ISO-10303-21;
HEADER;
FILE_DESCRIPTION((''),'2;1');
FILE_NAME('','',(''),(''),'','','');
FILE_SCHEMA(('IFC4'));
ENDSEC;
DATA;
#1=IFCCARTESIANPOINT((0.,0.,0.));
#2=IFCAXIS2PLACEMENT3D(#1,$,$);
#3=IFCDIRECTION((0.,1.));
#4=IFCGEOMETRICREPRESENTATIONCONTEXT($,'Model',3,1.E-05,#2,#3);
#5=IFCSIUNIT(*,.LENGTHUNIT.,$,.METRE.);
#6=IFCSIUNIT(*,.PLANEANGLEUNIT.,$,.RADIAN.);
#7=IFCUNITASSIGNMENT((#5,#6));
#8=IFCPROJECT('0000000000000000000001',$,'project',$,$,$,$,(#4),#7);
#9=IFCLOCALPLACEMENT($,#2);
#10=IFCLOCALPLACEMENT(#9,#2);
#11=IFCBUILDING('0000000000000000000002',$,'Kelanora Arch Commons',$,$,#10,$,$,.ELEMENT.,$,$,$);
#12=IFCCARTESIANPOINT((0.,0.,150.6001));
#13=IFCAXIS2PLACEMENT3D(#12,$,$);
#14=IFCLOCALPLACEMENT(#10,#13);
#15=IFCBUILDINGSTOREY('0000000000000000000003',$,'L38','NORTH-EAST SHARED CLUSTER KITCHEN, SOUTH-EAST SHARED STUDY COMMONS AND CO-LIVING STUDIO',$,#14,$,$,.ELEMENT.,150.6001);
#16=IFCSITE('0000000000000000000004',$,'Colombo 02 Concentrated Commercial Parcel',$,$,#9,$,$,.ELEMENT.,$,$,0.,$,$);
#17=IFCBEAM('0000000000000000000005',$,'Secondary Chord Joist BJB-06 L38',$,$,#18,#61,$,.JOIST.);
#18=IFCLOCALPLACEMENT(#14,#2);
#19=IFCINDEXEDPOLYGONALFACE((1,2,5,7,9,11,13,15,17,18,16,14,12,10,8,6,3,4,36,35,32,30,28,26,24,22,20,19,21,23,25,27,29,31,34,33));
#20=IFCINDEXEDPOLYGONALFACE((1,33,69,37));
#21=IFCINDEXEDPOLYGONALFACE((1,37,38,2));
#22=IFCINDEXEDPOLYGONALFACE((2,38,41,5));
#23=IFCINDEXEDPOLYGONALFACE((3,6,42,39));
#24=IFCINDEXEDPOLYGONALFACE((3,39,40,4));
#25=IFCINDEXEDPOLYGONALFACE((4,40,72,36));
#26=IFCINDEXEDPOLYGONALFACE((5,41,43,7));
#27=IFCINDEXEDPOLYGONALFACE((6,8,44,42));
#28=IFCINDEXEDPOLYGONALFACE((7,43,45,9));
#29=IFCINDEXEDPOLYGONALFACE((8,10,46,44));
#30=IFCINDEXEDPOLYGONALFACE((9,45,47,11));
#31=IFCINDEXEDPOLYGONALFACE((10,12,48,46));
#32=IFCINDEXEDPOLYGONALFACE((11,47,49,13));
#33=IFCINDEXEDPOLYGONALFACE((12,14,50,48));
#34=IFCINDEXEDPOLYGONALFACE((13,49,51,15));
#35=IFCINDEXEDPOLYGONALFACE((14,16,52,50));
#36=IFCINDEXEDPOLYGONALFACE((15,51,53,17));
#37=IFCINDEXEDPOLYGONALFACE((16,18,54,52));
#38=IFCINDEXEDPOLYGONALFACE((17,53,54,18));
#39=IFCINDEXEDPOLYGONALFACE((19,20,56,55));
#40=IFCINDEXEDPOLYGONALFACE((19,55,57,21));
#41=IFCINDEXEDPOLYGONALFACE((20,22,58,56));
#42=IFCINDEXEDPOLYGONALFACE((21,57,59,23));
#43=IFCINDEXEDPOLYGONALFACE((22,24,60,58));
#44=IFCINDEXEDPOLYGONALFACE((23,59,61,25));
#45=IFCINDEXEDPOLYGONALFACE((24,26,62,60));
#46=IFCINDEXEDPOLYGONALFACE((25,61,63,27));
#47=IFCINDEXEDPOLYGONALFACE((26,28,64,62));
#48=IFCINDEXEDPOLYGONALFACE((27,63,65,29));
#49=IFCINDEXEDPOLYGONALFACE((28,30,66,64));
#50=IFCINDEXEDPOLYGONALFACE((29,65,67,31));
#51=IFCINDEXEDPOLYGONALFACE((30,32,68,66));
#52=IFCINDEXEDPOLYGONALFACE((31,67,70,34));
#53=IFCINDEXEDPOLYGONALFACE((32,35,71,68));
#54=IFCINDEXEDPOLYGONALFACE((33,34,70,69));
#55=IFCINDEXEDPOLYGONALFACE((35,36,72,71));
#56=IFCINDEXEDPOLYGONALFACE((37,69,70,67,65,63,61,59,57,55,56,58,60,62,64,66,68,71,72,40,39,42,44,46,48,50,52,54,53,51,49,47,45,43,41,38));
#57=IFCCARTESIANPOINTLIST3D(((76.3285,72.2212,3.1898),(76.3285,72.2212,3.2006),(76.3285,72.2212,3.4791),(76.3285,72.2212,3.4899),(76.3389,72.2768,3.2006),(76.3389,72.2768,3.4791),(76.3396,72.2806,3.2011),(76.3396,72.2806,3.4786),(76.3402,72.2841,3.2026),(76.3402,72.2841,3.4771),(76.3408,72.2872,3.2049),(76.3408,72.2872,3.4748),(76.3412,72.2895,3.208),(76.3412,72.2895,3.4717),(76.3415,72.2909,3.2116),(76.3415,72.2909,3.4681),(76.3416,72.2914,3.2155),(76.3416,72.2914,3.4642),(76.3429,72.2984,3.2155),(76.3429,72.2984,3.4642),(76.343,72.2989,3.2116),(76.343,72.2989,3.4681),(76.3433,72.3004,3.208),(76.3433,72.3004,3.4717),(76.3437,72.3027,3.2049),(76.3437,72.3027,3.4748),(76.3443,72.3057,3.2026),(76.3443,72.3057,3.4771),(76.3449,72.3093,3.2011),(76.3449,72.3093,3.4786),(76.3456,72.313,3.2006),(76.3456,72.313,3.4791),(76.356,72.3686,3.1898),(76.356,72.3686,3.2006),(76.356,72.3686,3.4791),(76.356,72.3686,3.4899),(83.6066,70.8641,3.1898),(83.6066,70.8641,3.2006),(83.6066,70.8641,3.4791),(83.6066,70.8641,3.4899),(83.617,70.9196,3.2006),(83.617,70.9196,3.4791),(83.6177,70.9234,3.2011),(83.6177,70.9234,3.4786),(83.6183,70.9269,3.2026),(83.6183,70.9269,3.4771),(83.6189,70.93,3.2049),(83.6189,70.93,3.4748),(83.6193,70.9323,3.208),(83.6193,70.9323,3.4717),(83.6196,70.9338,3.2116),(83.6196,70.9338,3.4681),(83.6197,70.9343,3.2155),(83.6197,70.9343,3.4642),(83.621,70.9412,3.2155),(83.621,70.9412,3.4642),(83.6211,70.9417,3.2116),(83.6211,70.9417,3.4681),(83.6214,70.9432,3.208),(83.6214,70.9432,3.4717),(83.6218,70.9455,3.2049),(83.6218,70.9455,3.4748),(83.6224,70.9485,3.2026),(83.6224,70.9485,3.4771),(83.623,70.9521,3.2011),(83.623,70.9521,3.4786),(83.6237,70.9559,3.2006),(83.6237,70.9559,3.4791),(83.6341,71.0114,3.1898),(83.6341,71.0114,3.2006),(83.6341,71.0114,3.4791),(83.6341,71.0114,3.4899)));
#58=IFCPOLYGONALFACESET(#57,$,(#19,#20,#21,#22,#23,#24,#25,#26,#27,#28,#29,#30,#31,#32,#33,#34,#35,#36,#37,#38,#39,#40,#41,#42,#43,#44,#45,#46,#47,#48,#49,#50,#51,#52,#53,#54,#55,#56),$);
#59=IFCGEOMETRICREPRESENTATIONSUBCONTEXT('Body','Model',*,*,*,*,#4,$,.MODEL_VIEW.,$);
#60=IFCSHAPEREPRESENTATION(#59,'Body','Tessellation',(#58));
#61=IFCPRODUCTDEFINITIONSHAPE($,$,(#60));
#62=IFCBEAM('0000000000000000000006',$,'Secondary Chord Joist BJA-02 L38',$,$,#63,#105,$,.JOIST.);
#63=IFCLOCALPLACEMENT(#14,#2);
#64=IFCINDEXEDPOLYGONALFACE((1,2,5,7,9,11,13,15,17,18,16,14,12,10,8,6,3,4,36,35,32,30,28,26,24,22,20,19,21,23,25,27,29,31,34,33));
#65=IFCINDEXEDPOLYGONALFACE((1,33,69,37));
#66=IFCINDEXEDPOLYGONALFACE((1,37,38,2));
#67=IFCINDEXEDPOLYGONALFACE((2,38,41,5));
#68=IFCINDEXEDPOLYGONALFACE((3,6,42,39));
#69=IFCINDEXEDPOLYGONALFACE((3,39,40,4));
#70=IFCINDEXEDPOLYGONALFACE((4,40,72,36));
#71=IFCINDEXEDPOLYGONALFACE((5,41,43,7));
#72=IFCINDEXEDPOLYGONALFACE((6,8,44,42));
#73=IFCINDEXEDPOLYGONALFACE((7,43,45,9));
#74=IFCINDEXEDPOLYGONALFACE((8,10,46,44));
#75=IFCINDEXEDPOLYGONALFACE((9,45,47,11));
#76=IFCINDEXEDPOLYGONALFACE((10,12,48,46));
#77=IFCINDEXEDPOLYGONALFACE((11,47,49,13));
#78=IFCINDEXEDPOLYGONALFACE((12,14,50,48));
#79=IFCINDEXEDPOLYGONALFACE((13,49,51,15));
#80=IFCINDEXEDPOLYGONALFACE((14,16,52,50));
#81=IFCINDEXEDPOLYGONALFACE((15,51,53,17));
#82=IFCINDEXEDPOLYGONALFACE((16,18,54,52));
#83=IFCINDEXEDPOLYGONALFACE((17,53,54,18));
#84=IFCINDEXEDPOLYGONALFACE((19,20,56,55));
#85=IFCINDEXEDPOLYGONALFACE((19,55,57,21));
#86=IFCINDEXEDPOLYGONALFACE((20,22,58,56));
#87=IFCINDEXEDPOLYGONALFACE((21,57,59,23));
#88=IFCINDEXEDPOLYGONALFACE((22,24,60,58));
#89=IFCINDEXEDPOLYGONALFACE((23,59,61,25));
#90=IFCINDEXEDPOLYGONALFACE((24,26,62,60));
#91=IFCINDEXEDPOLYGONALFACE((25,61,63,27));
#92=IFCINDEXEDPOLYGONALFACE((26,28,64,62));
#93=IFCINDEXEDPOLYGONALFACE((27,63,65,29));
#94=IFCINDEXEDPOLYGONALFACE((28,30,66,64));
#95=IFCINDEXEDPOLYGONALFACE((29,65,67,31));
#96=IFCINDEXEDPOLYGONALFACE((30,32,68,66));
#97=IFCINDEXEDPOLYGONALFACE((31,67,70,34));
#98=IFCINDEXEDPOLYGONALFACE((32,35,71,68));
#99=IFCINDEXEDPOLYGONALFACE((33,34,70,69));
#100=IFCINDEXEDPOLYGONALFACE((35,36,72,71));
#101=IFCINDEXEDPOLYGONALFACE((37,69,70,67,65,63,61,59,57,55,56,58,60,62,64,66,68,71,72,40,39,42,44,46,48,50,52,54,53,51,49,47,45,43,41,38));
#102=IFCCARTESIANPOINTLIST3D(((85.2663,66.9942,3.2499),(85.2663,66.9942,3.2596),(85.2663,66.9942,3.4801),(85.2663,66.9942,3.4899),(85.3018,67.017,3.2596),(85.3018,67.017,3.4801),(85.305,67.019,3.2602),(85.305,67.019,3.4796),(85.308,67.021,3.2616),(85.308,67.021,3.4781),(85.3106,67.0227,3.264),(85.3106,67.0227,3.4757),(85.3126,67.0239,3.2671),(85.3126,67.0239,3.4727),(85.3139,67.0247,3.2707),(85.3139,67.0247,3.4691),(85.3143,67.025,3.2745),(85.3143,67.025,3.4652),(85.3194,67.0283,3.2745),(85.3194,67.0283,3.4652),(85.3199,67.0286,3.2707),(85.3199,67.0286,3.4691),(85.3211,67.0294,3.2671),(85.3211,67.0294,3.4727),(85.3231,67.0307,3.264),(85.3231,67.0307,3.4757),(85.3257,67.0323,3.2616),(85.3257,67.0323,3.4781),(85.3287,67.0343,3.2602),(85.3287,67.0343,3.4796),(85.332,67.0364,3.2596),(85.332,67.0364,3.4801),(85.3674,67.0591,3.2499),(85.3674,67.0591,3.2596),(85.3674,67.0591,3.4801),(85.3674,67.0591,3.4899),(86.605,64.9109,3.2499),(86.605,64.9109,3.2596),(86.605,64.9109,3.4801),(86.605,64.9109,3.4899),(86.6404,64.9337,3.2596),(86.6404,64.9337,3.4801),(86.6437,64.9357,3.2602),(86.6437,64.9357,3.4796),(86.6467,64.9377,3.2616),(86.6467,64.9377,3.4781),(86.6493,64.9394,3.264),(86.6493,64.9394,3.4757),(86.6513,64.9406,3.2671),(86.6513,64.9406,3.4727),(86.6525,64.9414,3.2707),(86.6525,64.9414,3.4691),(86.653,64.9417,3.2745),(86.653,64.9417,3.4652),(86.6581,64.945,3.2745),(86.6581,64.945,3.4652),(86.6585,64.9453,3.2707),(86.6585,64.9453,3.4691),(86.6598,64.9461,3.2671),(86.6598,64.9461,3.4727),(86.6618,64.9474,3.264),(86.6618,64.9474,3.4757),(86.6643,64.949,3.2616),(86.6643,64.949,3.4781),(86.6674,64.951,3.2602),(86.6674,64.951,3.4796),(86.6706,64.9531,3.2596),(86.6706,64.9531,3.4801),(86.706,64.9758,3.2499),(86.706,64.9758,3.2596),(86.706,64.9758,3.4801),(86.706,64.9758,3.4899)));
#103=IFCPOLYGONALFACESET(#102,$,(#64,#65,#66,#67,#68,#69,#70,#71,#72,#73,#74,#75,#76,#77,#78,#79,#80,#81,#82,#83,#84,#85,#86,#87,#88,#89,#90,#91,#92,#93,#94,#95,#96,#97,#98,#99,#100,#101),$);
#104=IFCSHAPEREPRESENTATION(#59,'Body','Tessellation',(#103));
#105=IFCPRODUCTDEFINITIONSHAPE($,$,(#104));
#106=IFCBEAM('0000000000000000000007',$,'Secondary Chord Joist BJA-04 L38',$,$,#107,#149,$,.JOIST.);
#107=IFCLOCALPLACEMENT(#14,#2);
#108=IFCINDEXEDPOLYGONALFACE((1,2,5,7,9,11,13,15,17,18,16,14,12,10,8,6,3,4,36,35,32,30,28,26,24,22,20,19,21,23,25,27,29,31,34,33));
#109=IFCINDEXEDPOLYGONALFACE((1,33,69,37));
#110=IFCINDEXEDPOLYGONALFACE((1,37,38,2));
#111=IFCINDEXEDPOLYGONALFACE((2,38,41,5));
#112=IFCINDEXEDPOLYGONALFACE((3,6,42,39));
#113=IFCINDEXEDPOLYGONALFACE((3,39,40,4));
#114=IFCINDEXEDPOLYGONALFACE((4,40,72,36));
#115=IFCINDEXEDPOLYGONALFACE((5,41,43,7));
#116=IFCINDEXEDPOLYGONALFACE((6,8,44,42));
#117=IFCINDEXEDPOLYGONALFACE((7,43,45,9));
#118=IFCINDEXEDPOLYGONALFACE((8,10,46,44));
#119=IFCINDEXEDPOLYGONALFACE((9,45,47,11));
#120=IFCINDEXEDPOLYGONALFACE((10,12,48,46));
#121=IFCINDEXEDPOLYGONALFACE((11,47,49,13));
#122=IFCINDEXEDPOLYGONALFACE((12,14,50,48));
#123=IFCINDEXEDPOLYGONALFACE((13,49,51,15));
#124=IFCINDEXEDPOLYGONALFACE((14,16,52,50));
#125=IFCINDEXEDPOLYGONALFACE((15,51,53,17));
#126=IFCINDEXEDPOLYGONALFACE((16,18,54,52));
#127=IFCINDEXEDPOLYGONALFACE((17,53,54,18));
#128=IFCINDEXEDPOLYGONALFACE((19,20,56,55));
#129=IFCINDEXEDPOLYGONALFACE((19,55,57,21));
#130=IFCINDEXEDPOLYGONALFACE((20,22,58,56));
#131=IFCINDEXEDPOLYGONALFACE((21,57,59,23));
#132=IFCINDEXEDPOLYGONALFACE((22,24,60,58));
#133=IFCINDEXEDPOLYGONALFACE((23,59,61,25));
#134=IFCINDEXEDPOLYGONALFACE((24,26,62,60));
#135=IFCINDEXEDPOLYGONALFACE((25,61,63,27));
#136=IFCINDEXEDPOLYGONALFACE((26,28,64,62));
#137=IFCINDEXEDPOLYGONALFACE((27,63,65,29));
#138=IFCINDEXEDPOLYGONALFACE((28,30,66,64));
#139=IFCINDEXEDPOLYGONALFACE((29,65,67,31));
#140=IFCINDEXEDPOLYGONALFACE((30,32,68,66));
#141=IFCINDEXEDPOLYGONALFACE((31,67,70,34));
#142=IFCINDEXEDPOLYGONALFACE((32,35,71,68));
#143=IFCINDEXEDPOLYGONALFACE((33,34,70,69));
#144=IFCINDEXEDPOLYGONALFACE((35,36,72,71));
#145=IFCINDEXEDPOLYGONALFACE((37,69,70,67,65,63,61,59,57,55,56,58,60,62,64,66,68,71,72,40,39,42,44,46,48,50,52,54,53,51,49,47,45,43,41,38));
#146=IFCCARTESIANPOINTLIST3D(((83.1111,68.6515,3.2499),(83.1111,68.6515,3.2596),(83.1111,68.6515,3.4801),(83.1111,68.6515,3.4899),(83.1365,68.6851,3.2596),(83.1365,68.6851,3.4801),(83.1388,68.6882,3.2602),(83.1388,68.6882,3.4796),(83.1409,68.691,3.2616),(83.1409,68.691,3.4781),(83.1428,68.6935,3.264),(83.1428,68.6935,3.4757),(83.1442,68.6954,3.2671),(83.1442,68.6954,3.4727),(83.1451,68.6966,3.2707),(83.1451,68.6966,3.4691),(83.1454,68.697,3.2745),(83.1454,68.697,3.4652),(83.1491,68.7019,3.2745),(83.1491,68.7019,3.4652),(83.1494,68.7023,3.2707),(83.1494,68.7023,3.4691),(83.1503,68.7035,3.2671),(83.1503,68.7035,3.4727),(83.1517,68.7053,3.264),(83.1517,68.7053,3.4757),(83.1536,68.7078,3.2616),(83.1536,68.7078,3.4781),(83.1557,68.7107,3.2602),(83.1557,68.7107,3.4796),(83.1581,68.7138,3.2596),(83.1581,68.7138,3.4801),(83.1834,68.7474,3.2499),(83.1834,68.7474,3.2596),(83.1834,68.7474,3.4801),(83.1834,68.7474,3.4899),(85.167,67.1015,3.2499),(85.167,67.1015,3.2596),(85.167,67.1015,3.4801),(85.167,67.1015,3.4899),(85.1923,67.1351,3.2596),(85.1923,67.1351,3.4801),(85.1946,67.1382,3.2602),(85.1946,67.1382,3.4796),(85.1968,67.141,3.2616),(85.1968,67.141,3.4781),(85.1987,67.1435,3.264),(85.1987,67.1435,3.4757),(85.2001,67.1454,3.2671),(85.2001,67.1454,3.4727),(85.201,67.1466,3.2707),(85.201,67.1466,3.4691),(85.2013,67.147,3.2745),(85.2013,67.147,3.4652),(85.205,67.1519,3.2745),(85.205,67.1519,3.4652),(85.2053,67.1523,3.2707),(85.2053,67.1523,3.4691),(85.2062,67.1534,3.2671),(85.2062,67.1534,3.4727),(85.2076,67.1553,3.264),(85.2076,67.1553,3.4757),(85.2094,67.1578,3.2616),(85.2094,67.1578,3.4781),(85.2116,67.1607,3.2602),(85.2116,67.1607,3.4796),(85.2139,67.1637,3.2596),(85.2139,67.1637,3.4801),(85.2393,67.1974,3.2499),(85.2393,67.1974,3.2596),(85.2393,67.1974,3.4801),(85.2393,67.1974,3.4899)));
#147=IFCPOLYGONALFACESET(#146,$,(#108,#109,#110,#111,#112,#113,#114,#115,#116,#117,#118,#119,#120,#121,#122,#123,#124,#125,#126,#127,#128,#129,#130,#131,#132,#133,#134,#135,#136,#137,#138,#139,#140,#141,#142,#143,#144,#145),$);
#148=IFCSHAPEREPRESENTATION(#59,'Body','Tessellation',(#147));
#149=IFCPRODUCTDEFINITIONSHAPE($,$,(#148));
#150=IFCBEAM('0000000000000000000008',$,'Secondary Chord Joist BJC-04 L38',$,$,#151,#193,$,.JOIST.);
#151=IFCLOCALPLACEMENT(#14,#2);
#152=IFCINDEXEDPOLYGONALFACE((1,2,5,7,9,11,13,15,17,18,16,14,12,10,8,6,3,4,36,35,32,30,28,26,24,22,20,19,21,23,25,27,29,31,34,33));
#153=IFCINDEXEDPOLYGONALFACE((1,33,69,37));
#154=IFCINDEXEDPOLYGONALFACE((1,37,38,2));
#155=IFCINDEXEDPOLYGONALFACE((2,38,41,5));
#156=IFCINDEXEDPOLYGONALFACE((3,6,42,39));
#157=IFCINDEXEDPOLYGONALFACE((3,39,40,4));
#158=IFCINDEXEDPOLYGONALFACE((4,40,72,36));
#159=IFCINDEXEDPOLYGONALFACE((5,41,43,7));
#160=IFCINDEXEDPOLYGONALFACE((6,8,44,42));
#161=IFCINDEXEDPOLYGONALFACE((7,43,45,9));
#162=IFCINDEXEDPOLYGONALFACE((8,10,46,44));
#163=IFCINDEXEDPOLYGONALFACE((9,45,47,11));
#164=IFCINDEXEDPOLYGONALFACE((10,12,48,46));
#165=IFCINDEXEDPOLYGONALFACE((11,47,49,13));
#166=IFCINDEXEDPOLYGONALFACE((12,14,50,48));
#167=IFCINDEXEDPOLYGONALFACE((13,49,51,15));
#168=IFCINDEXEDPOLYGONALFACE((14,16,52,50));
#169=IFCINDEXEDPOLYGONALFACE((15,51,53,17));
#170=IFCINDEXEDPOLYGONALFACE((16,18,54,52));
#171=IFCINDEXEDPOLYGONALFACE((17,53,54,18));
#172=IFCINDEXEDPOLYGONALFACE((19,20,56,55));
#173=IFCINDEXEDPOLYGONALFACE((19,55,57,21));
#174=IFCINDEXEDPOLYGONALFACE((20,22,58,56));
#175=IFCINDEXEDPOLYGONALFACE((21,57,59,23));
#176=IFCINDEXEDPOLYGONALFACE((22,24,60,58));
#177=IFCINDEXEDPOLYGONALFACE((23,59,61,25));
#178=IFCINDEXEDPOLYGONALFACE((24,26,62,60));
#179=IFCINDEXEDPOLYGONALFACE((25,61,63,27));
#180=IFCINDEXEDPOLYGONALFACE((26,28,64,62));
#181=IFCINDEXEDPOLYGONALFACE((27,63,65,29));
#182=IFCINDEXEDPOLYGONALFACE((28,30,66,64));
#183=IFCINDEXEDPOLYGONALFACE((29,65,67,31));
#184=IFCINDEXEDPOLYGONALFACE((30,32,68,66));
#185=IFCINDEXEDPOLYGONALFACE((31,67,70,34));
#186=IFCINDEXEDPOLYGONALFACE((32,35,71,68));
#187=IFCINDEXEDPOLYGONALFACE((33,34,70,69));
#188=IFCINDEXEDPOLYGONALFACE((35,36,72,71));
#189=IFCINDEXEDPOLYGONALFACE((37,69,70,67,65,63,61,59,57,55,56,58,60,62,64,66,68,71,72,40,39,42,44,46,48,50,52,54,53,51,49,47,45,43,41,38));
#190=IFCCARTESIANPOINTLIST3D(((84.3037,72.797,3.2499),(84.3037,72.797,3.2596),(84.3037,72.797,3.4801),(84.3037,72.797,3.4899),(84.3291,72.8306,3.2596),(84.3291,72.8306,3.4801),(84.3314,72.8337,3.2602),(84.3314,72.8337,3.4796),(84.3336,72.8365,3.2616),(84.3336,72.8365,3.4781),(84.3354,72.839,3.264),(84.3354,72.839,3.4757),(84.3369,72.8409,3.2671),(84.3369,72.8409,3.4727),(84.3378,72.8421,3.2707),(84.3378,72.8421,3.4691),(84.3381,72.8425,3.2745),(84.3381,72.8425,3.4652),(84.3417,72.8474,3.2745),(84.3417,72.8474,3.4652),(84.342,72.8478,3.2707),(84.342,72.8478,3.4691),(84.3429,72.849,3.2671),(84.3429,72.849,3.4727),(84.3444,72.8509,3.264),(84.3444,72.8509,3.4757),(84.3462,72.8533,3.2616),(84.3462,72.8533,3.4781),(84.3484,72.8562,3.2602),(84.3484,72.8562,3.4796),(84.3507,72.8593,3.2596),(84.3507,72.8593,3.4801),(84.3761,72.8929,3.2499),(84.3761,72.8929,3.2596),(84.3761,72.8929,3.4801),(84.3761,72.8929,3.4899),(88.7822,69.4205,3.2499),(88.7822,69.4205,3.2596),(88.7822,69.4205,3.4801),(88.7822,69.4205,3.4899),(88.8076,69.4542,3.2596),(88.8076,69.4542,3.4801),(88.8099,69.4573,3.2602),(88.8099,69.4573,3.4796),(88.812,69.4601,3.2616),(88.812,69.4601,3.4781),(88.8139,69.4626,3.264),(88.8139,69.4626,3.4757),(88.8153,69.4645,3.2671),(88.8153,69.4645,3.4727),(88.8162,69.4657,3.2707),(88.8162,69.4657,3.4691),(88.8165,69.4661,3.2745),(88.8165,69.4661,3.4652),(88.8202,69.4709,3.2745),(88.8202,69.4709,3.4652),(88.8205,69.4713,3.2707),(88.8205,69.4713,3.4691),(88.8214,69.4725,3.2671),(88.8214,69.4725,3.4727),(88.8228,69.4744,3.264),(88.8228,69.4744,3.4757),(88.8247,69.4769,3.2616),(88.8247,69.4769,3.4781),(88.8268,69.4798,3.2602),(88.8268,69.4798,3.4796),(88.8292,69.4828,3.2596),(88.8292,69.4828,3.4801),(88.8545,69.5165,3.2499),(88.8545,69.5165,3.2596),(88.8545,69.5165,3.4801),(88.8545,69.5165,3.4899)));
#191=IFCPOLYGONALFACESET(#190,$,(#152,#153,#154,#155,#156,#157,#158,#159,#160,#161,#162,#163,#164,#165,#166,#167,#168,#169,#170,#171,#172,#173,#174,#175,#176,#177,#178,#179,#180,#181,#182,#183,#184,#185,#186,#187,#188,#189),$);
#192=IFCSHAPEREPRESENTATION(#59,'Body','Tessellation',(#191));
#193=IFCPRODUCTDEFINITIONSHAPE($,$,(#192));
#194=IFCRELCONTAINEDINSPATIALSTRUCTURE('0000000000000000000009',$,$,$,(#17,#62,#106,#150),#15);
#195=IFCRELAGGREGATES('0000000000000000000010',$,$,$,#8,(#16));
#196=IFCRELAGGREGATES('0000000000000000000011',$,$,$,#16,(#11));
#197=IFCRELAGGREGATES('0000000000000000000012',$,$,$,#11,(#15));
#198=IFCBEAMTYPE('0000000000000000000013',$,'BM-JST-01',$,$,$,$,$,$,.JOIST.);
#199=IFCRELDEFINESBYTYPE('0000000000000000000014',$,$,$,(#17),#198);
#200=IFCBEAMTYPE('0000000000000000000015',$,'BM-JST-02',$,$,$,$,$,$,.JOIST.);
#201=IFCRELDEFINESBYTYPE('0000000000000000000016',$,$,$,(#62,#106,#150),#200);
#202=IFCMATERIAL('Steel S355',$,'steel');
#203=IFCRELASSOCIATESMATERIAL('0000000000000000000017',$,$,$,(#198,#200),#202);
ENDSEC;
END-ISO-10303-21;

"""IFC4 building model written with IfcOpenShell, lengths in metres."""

from ifc_helpers import new_model, si_unit, direction, frame, origin, origin_2d, place, context, subcontext, project, spatial, i_section, extrude, material, material_profile, profile_set, type_object, element, save


model = new_model("IFC4")

# Units and contexts
model_context = context("Model", 3, precision=1e-05, world=origin(), true_north=direction((0.0, 1.0)))
body_context = subcontext(model_context, "Body", "Model", "MODEL_VIEW")
ifc_project = project(units=[si_unit("LENGTHUNIT", "METRE"), si_unit("PLANEANGLEUNIT", "RADIAN")], contexts=[model_context])

# Site, building, storey
site_placement = place(None, origin())
site = spatial("IfcSite", under=ifc_project, at=site_placement, Name="Colombo 02 Concentrated Commercial Parcel", CompositionType="ELEMENT", RefElevation=0.0)
building_placement = place(site_placement, origin())
building = spatial("IfcBuilding", under=site, at=building_placement, Name="Kelanora Arch Commons", CompositionType="ELEMENT")
storey_placement = place(building_placement, frame((0.0, 0.0, 150.6001)))
storey = spatial("IfcBuildingStorey", under=building, at=storey_placement, Name="L38", Description="NORTH-EAST SHARED CLUSTER KITCHEN, SOUTH-EAST SHARED STUDY COMMONS AND CO-LIVING STUDIO", CompositionType="ELEMENT", Elevation=150.6001)

# Beams
ifc_material_1 = material(Name="Steel S355", Category="steel")
ifc_material_profile_1 = material_profile(ifc_material_1, i_section(OverallWidth=0.1499, OverallDepth=0.3, WebThickness=0.0071, FlangeThickness=0.0107, FilletRadius=0.0149, at=origin_2d()), Name="IPE300")
ifc_profile_set_1 = profile_set([ifc_material_profile_1], Name="Steel S355")
beam_type_1 = type_object("IfcBeamType", Name="BM-JST-01", PredefinedType="JOIST", material=ifc_profile_set_1)
beam_1_placement = place(storey_placement, frame((83.6204, 70.9377, 3.3398), z_axis=(-0.983054, 0.183315, 0.0), x_axis=(-0.183315, -0.983054, 0.0)))
element("IfcBeam", 1, at=beam_1_placement, inside=storey, type_object=beam_type_1, Name="Secondary Chord Joist BJB-06 L38", PredefinedType="JOIST", context=body_context, shape_type="SweptSolid", body=[
    extrude(i_section(OverallWidth=0.1499, OverallDepth=0.3, WebThickness=0.0071, FlangeThickness=0.0107, FilletRadius=0.0149, at=origin_2d()), origin(), (0.0, 0.0, 1.0), 7.4036),
])
ifc_material_profile_2 = material_profile(ifc_material_1, i_section(OverallWidth=0.1201, OverallDepth=0.24, WebThickness=0.0061, FlangeThickness=0.0098, FilletRadius=0.0149, at=origin_2d()), Name="IPE240")
ifc_profile_set_2 = profile_set([ifc_material_profile_2], Name="Steel S355")
beam_type_2 = type_object("IfcBeamType", Name="BM-JST-02", PredefinedType="JOIST", material=ifc_profile_set_2)
beam_2_placement = place(storey_placement, frame((86.6555, 64.9434, 3.3699), z_axis=(-0.540583, 0.841291, 0.0), x_axis=(-0.841291, -0.540583, 0.0)))
element("IfcBeam", 2, at=beam_2_placement, inside=storey, type_object=beam_type_2, Name="Secondary Chord Joist BJA-02 L38", PredefinedType="JOIST", context=body_context, shape_type="SweptSolid", body=[
    extrude(i_section(OverallWidth=0.1201, OverallDepth=0.24, WebThickness=0.0061, FlangeThickness=0.0098, FilletRadius=0.0149, at=origin_2d()), origin(), (0.0, 0.0, 1.0), 2.4763),
])
beam_3_placement = place(storey_placement, frame((85.2031, 67.1494, 3.3699), z_axis=(-0.798484, 0.602016, 0.0), x_axis=(-0.602016, -0.798484, 0.0)))
element("IfcBeam", 3, at=beam_3_placement, inside=storey, type_object=beam_type_2, Name="Secondary Chord Joist BJA-04 L38", PredefinedType="JOIST", context=body_context, shape_type="SweptSolid", body=[
    extrude(i_section(OverallWidth=0.1201, OverallDepth=0.24, WebThickness=0.0061, FlangeThickness=0.0098, FilletRadius=0.0149, at=origin_2d()), origin(), (0.0, 0.0, 1.0), 2.5747),
])
beam_4_placement = place(storey_placement, frame((88.8184, 69.4685, 3.3699), z_axis=(-0.798493, 0.602004, 0.0), x_axis=(-0.602004, -0.798493, 0.0)))
element("IfcBeam", 4, at=beam_4_placement, inside=storey, type_object=beam_type_2, Name="Secondary Chord Joist BJC-04 L38", PredefinedType="JOIST", context=body_context, shape_type="SweptSolid", body=[
    extrude(i_section(OverallWidth=0.1201, OverallDepth=0.24, WebThickness=0.0061, FlangeThickness=0.0098, FilletRadius=0.0149, at=origin_2d()), origin(), (0.0, 0.0, 1.0), 5.6086),
])

save(model, "model.ifc")
